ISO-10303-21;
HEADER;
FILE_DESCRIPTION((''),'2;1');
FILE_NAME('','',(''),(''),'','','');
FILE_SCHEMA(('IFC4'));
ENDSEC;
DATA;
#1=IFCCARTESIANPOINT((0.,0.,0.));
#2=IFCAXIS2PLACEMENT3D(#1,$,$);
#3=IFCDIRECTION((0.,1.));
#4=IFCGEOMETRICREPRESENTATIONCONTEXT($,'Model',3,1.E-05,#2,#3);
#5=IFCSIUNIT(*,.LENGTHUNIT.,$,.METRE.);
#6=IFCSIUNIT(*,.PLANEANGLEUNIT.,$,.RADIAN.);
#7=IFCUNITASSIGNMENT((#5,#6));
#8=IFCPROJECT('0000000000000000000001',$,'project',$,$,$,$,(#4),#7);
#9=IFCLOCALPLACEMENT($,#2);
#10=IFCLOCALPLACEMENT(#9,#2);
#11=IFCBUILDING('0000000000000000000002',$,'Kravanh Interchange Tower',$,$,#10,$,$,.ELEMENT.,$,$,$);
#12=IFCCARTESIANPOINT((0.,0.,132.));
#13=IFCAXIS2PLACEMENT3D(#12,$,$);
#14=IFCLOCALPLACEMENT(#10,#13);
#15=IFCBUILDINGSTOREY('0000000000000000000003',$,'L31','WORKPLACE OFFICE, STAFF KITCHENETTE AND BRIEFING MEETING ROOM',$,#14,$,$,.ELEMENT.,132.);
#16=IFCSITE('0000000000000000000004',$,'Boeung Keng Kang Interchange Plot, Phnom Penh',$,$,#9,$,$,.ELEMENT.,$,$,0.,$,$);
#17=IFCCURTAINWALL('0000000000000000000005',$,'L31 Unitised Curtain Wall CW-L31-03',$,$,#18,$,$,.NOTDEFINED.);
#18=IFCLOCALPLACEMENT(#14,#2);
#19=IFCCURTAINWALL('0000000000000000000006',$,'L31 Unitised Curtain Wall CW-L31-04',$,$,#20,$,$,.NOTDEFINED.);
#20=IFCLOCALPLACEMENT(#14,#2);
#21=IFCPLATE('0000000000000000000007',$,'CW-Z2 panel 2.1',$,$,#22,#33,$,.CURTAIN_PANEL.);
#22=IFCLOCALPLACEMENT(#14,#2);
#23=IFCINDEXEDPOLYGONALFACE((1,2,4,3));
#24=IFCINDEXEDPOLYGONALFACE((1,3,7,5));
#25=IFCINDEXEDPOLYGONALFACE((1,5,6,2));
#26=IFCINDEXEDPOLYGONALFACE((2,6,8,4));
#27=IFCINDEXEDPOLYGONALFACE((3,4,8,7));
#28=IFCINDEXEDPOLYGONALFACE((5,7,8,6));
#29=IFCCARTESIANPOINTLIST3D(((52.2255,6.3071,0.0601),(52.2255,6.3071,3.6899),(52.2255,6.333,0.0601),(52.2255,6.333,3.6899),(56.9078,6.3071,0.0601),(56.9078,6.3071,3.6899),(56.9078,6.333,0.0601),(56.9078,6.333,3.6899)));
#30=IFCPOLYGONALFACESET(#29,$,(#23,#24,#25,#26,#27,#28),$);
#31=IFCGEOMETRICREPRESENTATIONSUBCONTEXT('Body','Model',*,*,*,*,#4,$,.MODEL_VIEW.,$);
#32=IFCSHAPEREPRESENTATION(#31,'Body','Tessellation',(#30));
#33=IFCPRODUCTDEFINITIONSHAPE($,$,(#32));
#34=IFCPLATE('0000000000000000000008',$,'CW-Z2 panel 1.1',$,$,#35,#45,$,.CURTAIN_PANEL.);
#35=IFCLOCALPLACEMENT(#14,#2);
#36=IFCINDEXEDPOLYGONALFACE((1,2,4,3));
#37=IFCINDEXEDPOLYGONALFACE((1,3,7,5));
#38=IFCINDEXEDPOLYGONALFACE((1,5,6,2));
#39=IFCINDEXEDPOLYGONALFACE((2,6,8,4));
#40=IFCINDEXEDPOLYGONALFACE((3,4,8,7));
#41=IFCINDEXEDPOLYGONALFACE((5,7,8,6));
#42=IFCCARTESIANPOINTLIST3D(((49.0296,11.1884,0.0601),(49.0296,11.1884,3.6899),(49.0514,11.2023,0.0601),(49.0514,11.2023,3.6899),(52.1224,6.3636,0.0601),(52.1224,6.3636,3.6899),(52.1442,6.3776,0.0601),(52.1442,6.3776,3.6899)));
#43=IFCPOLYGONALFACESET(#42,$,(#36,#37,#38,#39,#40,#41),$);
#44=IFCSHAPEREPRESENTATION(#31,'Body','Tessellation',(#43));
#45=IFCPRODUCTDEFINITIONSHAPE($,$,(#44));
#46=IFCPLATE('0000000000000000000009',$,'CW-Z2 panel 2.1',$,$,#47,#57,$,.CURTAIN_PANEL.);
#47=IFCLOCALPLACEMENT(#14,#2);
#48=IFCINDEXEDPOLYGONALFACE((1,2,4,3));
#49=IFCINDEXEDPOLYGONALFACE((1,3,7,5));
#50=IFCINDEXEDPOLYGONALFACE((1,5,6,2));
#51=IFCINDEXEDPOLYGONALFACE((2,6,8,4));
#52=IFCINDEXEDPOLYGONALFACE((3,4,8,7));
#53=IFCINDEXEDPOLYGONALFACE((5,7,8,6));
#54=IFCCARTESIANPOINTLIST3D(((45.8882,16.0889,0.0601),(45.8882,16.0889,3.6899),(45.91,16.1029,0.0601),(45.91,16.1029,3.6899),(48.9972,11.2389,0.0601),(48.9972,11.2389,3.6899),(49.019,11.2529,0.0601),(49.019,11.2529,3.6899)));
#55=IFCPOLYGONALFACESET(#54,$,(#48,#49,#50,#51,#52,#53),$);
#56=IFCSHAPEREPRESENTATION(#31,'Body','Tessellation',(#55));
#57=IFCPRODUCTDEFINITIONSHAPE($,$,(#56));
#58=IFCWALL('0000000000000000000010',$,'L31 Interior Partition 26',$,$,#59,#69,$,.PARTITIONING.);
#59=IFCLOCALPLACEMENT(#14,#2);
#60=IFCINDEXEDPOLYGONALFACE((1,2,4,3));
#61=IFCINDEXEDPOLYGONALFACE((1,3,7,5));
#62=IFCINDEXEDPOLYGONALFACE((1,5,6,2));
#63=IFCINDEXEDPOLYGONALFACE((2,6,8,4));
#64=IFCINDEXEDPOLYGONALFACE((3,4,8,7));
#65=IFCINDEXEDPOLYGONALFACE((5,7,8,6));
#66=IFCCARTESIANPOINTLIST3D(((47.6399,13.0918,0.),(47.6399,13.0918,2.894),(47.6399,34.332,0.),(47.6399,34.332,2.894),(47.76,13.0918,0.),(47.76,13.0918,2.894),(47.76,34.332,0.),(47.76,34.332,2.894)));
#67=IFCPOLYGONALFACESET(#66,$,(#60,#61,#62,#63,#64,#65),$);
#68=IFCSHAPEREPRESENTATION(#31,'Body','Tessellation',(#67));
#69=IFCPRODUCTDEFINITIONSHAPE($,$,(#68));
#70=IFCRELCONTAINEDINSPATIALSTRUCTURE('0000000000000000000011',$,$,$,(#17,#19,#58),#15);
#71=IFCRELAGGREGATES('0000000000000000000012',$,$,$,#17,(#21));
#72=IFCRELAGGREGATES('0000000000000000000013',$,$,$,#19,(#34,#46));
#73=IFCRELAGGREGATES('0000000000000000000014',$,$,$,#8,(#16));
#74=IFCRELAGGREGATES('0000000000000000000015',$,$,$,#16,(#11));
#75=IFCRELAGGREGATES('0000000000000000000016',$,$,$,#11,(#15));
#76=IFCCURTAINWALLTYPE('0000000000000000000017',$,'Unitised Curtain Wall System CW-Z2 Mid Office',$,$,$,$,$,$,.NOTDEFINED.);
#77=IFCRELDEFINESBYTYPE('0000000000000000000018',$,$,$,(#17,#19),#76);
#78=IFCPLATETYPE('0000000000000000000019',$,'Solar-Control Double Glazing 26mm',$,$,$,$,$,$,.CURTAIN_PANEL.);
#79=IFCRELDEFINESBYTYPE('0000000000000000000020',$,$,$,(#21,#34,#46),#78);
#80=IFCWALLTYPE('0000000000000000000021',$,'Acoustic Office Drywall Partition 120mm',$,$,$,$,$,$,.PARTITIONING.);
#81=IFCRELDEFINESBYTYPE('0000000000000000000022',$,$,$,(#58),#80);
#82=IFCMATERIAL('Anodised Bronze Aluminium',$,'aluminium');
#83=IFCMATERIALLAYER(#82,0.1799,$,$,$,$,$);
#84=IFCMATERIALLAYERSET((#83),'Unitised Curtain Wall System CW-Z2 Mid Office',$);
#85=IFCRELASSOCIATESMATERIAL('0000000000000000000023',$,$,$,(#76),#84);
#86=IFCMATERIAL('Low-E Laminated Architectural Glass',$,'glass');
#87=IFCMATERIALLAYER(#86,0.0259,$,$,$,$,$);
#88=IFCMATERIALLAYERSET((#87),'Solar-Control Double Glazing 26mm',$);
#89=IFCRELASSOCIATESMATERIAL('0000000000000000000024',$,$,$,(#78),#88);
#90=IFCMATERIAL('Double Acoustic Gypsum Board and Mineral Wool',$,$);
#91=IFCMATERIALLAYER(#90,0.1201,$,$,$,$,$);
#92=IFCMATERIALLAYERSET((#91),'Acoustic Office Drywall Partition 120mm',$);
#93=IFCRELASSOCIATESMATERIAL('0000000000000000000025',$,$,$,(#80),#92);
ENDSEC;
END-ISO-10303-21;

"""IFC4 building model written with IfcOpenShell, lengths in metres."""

from ifc_helpers import new_model, si_unit, direction, frame, frame_2d, origin, origin_2d, place, context, subcontext, project, spatial, rectangle, extrude, material, layer, layer_set, type_object, element, aggregate, save


model = new_model("IFC4")

# Units and contexts
model_context = context("Model", 3, precision=1e-05, world=origin(), true_north=direction((0.0, 1.0)))
body_context = subcontext(model_context, "Body", "Model", "MODEL_VIEW")
ifc_project = project(units=[si_unit("LENGTHUNIT", "METRE"), si_unit("PLANEANGLEUNIT", "RADIAN")], contexts=[model_context])

# Site, building, storey
site_placement = place(None, origin())
site = spatial("IfcSite", under=ifc_project, at=site_placement, Name="Boeung Keng Kang Interchange Plot, Phnom Penh", CompositionType="ELEMENT", RefElevation=0.0)
building_placement = place(site_placement, origin())
building = spatial("IfcBuilding", under=site, at=building_placement, Name="Kravanh Interchange Tower", CompositionType="ELEMENT")
storey_placement = place(building_placement, frame((0.0, 0.0, 132.0)))
storey = spatial("IfcBuildingStorey", under=building, at=storey_placement, Name="L31", Description="WORKPLACE OFFICE, STAFF KITCHENETTE AND BRIEFING MEETING ROOM", CompositionType="ELEMENT", Elevation=132.0)

# Curtain wall
ifc_material_1 = material(Name="Anodised Bronze Aluminium", Category="aluminium")
ifc_layer_1 = layer(ifc_material_1, 0.1799)
ifc_layer_set_1 = layer_set([ifc_layer_1], Name="Unitised Curtain Wall System CW-Z2 Mid Office")
curtain_wall_type = type_object("IfcCurtainWallType", Name="Unitised Curtain Wall System CW-Z2 Mid Office", PredefinedType="NOTDEFINED", material=ifc_layer_set_1)
curtain_wall_1_placement = place(storey_placement, origin())
curtain_wall_1 = element("IfcCurtainWall", 1, at=curtain_wall_1_placement, inside=storey, type_object=curtain_wall_type, Name="L31 Unitised Curtain Wall CW-L31-03", PredefinedType="NOTDEFINED")

# Curtain wall
curtain_wall_2_placement = place(storey_placement, origin())
curtain_wall_2 = element("IfcCurtainWall", 2, at=curtain_wall_2_placement, inside=storey, type_object=curtain_wall_type, Name="L31 Unitised Curtain Wall CW-L31-04", PredefinedType="NOTDEFINED")

# Plates
ifc_material_2 = material(Name="Low-E Laminated Architectural Glass", Category="glass")
ifc_layer_2 = layer(ifc_material_2, 0.0259)
ifc_layer_set_2 = layer_set([ifc_layer_2], Name="Solar-Control Double Glazing 26mm")
plate_type = type_object("IfcPlateType", Name="Solar-Control Double Glazing 26mm", PredefinedType="CURTAIN_PANEL", material=ifc_layer_set_2)
plate_1_placement = place(storey_placement, frame((54.5667, 6.3201, 0.0601), z_axis=(0.0, 0.0, 1.0), x_axis=(-1.0, 0.0, 0.0)))
plate_1 = element("IfcPlate", 3, at=plate_1_placement, type_object=plate_type, Name="CW-Z2 panel 2.1", PredefinedType="CURTAIN_PANEL", context=body_context, shape_type="SweptSolid", body=[
    extrude(rectangle(XDim=4.6824, YDim=0.0259, at=origin_2d()), origin(), (0.0, 0.0, 1.0), 3.6299),
])
aggregate(curtain_wall_1, [plate_1])
plate_2_placement = place(storey_placement, frame((50.5869, 8.783, 0.0601), z_axis=(0.0, 0.0, 1.0), x_axis=(-0.539665, 0.84188, 0.0)))
plate_2 = element("IfcPlate", 4, at=plate_2_placement, type_object=plate_type, Name="CW-Z2 panel 1.1", PredefinedType="CURTAIN_PANEL", context=body_context, shape_type="SweptSolid", body=[
    extrude(rectangle(XDim=5.731, YDim=0.0259, at=origin_2d()), origin(), (0.0, 0.0, 1.0), 3.6299),
])
plate_3_placement = place(storey_placement, frame((47.4536, 13.6709, 0.0601), z_axis=(0.0, 0.0, 1.0), x_axis=(-0.539665, 0.84188, 0.0)))
plate_3 = element("IfcPlate", 5, at=plate_3_placement, type_object=plate_type, Name="CW-Z2 panel 2.1", PredefinedType="CURTAIN_PANEL", context=body_context, shape_type="SweptSolid", body=[
    extrude(rectangle(XDim=5.761, YDim=0.0259, at=origin_2d()), origin(), (0.0, 0.0, 1.0), 3.6299),
])
aggregate(curtain_wall_2, [plate_2, plate_3])

# Wall
ifc_material_3 = material(Name="Double Acoustic Gypsum Board and Mineral Wool")
ifc_layer_3 = layer(ifc_material_3, 0.1201)
ifc_layer_set_3 = layer_set([ifc_layer_3], Name="Acoustic Office Drywall Partition 120mm")
wall_type = type_object("IfcWallType", Name="Acoustic Office Drywall Partition 120mm", PredefinedType="PARTITIONING", material=ifc_layer_set_3)
wall_placement = place(storey_placement, frame((47.7, 13.0918, 0.0), z_axis=(0.0, 0.0, 1.0), x_axis=(0.0, 1.0, 0.0)))
element("IfcWall", 6, at=wall_placement, inside=storey, type_object=wall_type, Name="L31 Interior Partition 26", PredefinedType="PARTITIONING", context=body_context, shape_type="SweptSolid", body=[
    extrude(rectangle(XDim=21.2402, YDim=0.1201, at=frame_2d((10.6201, 0.0))), origin(), (0.0, 0.0, 1.0), 2.894),
])

save(model, "model.ifc")
